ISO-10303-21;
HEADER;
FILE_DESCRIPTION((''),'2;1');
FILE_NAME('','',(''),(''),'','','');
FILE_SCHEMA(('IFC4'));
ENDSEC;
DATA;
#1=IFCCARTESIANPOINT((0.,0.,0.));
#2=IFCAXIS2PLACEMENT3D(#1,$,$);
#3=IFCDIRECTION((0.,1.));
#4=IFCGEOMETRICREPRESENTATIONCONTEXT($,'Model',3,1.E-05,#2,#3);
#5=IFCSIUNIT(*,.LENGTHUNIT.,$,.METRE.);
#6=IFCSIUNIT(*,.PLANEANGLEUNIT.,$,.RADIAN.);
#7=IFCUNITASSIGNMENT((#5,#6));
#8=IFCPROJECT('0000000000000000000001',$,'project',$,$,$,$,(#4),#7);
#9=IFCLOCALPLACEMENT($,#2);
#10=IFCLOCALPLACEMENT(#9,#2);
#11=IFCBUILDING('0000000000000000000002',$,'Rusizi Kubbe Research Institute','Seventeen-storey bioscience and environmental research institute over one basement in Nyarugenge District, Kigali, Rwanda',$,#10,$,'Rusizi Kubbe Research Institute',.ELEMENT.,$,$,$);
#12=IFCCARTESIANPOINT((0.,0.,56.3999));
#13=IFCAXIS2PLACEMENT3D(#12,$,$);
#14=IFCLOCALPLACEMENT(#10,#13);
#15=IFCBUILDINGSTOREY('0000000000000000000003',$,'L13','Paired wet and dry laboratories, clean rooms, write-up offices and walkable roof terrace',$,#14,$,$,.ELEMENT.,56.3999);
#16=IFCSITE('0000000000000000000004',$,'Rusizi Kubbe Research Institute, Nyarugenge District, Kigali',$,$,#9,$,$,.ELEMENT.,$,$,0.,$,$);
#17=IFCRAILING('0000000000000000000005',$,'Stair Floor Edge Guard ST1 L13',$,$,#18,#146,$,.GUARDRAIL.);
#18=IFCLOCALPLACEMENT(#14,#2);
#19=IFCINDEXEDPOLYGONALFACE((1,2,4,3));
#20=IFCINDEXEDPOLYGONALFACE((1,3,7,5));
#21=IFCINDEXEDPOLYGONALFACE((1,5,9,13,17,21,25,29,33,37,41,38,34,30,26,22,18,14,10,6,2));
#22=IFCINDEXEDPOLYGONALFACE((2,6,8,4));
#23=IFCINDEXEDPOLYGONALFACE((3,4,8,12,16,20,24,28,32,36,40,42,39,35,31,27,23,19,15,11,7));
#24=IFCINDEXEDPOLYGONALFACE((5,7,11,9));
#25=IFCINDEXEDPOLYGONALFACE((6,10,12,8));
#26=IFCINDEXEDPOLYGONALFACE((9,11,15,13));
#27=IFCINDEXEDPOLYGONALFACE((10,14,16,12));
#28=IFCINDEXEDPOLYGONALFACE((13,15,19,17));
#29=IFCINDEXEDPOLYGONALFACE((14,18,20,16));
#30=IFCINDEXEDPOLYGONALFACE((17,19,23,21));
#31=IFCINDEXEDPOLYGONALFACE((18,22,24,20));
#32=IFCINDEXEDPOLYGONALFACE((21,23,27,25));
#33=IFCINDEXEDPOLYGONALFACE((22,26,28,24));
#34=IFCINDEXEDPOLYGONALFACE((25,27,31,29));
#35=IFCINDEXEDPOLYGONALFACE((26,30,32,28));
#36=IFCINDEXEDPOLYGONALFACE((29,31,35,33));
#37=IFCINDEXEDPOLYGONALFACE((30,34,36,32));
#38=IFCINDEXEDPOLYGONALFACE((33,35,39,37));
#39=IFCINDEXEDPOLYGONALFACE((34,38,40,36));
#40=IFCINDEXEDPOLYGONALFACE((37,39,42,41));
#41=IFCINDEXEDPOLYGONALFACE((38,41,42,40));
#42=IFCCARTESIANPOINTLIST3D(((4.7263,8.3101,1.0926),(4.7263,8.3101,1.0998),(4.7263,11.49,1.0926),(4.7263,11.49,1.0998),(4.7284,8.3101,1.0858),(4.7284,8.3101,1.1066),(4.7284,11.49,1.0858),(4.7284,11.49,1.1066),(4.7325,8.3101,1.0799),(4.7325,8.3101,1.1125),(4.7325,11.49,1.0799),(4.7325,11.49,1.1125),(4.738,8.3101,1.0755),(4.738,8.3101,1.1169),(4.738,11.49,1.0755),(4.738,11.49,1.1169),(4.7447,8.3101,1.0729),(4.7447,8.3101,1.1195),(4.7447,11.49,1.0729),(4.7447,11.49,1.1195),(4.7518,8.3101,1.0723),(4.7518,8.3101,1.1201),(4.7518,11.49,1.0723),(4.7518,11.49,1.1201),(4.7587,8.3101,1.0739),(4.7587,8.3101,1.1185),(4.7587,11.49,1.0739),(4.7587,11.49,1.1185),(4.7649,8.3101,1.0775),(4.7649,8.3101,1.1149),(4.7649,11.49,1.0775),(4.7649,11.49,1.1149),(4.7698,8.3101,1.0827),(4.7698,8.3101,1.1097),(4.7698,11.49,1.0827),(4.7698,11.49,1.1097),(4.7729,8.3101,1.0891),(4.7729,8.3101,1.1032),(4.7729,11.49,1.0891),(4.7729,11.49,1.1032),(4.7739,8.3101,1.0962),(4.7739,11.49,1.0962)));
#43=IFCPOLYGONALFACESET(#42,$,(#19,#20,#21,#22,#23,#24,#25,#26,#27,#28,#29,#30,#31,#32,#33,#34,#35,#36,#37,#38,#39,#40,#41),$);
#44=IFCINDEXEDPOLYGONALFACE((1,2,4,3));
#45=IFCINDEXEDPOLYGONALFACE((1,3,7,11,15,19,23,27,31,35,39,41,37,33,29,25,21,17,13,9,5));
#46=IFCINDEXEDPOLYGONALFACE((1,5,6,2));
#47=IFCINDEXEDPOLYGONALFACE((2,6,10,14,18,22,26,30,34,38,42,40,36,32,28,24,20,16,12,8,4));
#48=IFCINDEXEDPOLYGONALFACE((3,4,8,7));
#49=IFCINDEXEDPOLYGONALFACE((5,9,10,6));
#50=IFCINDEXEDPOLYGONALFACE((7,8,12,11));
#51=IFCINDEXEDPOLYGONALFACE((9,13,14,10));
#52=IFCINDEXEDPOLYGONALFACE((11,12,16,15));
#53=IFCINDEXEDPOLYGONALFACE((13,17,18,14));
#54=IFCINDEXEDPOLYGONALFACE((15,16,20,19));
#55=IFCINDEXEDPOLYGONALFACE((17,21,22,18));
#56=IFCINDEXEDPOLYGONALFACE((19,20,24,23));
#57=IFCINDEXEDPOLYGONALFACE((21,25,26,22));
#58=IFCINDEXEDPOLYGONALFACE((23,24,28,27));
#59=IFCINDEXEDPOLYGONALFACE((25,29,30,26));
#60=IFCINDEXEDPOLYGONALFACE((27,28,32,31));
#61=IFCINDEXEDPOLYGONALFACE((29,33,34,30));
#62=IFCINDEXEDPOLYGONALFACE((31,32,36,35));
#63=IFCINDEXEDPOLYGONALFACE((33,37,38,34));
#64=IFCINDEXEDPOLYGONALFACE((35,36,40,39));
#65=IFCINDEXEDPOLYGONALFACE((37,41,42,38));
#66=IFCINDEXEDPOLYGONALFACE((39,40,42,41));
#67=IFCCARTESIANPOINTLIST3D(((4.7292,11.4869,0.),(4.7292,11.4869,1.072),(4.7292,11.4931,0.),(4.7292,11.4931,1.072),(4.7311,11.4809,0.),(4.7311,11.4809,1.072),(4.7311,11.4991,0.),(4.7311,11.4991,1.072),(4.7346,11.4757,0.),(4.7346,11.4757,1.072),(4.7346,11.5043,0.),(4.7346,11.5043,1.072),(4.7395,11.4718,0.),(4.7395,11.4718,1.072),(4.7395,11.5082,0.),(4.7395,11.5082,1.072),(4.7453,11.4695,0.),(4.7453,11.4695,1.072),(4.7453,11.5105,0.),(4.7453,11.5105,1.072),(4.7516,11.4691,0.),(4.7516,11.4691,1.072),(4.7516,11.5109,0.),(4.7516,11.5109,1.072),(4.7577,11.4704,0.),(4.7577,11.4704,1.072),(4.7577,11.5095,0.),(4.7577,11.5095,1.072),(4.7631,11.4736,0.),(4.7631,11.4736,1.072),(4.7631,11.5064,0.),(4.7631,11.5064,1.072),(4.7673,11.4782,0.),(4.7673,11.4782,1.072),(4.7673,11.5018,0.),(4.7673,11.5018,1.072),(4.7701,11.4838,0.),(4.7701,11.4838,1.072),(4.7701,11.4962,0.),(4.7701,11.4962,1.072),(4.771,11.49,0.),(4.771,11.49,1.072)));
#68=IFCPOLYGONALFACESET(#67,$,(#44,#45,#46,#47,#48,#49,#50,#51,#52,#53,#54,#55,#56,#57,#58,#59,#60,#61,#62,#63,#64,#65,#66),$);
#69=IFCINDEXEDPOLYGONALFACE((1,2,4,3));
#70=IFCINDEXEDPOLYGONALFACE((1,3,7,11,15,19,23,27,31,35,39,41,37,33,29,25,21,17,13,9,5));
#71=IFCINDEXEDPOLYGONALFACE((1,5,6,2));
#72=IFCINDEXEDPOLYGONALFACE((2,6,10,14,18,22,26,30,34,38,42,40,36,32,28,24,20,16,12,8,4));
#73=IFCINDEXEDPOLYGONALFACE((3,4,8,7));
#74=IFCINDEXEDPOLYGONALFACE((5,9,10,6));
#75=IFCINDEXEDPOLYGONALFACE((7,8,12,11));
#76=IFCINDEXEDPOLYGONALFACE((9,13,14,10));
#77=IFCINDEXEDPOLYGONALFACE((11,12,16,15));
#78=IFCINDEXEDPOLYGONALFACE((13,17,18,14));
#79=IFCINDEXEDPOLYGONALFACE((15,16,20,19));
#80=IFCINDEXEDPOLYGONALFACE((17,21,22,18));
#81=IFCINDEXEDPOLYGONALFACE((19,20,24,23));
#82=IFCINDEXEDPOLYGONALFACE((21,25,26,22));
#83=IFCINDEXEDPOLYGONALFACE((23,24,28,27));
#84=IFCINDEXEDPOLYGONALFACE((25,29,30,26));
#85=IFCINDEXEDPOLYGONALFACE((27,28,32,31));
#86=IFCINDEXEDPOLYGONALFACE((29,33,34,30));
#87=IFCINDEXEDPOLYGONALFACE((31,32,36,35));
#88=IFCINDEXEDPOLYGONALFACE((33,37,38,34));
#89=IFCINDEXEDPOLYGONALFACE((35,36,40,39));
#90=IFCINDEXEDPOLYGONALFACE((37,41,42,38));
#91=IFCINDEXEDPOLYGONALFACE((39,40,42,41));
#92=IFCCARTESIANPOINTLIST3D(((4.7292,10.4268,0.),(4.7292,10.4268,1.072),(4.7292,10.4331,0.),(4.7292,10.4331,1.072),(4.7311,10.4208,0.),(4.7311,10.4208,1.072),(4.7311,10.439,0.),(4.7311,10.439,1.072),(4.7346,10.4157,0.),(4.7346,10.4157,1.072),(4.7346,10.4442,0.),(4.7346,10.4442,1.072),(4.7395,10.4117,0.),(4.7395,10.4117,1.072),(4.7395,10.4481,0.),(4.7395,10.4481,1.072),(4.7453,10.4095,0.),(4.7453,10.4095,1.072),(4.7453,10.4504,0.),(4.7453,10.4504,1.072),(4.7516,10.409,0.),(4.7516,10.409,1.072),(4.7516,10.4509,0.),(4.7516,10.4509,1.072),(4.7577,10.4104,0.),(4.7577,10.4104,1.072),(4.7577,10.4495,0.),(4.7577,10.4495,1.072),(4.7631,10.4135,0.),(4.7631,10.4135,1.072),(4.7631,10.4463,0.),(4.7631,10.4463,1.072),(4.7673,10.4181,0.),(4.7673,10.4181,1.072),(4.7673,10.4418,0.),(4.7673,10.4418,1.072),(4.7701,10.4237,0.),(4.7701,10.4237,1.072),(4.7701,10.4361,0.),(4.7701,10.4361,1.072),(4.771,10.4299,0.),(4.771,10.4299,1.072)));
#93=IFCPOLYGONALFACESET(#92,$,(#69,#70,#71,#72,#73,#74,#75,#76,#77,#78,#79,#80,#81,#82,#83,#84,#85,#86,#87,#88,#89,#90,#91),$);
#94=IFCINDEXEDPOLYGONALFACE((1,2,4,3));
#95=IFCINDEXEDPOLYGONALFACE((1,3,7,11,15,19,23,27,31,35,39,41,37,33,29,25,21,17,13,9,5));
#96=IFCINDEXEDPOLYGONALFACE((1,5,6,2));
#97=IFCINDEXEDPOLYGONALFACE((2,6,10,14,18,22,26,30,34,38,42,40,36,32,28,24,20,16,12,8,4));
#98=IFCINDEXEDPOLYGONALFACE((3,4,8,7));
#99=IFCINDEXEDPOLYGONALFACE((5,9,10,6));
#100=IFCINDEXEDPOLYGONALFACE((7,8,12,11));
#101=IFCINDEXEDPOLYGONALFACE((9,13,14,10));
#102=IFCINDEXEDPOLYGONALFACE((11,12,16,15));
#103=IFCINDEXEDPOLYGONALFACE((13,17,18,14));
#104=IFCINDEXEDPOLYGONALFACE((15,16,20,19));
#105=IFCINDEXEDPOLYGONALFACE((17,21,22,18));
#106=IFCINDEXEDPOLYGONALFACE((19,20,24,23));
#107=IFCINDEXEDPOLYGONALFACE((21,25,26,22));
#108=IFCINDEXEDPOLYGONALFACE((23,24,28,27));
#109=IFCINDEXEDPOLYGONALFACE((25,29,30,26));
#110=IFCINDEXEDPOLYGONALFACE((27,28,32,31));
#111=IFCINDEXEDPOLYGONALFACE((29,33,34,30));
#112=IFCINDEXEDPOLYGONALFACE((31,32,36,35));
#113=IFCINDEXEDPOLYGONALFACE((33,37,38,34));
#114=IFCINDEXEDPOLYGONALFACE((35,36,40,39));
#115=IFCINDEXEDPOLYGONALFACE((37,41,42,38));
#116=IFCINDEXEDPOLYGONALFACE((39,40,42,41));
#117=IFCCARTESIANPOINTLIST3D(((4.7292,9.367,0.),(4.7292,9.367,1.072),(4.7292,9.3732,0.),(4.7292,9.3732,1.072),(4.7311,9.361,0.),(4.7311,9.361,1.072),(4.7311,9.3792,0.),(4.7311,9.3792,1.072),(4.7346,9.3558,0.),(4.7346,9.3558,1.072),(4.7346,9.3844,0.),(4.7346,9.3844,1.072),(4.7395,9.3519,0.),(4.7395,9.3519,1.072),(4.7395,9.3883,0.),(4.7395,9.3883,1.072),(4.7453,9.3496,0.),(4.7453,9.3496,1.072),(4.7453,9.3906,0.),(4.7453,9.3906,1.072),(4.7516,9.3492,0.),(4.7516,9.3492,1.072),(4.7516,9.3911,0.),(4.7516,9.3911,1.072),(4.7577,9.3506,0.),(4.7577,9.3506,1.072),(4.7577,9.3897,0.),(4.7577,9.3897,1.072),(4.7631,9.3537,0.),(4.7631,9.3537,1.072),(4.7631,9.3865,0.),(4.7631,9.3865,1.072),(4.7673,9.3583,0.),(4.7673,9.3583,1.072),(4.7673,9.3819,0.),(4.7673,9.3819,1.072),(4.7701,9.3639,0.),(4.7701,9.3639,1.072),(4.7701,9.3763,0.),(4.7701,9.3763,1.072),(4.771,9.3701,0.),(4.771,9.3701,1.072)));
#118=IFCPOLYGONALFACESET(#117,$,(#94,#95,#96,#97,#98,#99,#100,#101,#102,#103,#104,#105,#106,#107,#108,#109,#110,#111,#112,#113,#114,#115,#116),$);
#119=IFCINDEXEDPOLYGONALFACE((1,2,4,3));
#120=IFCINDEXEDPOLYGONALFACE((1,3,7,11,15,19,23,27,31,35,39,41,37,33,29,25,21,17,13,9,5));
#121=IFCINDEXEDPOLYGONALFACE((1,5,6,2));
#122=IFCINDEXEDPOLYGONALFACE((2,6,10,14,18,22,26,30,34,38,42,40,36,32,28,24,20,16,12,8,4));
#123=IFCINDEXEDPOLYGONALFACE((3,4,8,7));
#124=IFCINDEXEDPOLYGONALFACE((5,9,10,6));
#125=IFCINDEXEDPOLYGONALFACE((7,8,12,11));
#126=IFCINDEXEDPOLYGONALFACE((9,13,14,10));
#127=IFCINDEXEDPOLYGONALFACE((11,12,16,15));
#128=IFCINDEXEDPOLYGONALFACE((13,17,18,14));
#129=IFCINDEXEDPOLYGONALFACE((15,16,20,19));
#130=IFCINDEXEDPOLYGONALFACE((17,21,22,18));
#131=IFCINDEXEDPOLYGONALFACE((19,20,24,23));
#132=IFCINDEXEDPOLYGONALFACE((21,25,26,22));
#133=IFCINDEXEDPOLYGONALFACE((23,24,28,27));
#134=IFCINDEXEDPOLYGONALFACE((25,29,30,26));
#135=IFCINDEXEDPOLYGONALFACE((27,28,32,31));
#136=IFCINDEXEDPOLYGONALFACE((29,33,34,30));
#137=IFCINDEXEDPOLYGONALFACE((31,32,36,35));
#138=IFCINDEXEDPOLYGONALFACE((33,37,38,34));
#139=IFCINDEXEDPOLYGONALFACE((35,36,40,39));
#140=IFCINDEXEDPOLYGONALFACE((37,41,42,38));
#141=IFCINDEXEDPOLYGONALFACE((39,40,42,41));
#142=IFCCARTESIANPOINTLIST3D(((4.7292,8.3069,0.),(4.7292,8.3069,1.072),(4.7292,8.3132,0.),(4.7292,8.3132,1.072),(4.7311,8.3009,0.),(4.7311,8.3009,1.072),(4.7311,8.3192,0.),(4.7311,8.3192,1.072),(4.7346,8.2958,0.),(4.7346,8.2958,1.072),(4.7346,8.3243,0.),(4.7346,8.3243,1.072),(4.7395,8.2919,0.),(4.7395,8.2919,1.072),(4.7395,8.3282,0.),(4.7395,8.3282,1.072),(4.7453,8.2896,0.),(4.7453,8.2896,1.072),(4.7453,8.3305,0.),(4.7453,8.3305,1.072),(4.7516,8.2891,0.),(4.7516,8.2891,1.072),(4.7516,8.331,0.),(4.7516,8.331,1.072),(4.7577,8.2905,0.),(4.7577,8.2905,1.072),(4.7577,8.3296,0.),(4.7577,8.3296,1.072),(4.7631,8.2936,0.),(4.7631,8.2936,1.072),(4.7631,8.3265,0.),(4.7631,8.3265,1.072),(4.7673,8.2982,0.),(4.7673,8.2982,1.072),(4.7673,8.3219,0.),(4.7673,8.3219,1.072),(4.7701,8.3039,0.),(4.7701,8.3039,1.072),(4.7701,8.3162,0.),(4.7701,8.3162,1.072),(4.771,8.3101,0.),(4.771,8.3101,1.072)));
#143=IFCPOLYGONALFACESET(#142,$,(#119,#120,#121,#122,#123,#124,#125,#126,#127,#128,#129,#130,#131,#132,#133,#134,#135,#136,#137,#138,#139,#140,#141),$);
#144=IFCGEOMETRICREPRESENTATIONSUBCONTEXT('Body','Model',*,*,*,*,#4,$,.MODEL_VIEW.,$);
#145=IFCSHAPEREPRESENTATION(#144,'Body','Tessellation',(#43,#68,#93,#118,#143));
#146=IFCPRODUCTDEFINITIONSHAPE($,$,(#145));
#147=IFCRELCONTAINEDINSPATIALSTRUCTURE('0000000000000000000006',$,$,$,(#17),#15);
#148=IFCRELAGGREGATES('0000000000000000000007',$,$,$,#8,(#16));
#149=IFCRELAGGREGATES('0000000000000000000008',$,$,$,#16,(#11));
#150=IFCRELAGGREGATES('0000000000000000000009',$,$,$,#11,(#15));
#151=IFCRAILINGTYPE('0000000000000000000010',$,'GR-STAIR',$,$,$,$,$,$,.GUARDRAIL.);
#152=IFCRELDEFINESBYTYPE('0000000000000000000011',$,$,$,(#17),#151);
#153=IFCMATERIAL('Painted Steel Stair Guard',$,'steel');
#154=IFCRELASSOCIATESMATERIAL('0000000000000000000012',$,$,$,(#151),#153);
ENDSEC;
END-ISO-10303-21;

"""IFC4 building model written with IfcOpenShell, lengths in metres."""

from ifc_helpers import new_model, si_unit, direction, frame, origin, origin_2d, place, context, subcontext, project, spatial, circle, extrude, material, type_object, element, save


model = new_model("IFC4")

# Units and contexts
model_context = context("Model", 3, precision=1e-05, world=origin(), true_north=direction((0.0, 1.0)))
body_context = subcontext(model_context, "Body", "Model", "MODEL_VIEW")
ifc_project = project(units=[si_unit("LENGTHUNIT", "METRE"), si_unit("PLANEANGLEUNIT", "RADIAN")], contexts=[model_context])

# Site, building, storey
site_placement = place(None, origin())
site = spatial("IfcSite", under=ifc_project, at=site_placement, Name="Rusizi Kubbe Research Institute, Nyarugenge District, Kigali", CompositionType="ELEMENT", RefElevation=0.0)
building_placement = place(site_placement, origin())
building = spatial("IfcBuilding", under=site, at=building_placement, Name="Rusizi Kubbe Research Institute", Description="Seventeen-storey bioscience and environmental research institute over one basement in Nyarugenge District, Kigali, Rwanda", LongName="Rusizi Kubbe Research Institute", CompositionType="ELEMENT")
storey_placement = place(building_placement, frame((0.0, 0.0, 56.3999)))
storey = spatial("IfcBuildingStorey", under=building, at=storey_placement, Name="L13", Description="Paired wet and dry laboratories, clean rooms, write-up offices and walkable roof terrace", CompositionType="ELEMENT", Elevation=56.3999)

# Railing
ifc_material_1 = material(Name="Painted Steel Stair Guard", Category="steel")
railing_type_1 = type_object("IfcRailingType", Name="GR-STAIR", PredefinedType="GUARDRAIL", material=ifc_material_1)
railing_1_placement = place(storey_placement, frame((4.75, 11.49, 0.0)))
element("IfcRailing", 1, at=railing_1_placement, inside=storey, type_object=railing_type_1, Name="Stair Floor Edge Guard ST1 L13", PredefinedType="GUARDRAIL", context=body_context, shape_type="SweptSolid", body=[
    extrude(circle(Radius=0.0239, at=origin_2d()), frame((0.0, 0.0, 1.0962), z_axis=(0.0, -1.0, 0.0), x_axis=(1.0, 0.0, 0.0)), (0.0, 0.0, 1.0), 3.1799),
    extrude(circle(Radius=0.021, at=origin_2d()), origin(), (0.0, 0.0, 1.0), 1.072),
    extrude(circle(Radius=0.021, at=origin_2d()), frame((0.0, -1.0601, 0.0)), (0.0, 0.0, 1.0), 1.072),
    extrude(circle(Radius=0.021, at=origin_2d()), frame((0.0, -2.1199, 0.0)), (0.0, 0.0, 1.0), 1.072),
    extrude(circle(Radius=0.021, at=origin_2d()), frame((0.0, -3.1799, 0.0)), (0.0, 0.0, 1.0), 1.072),
])

save(model, "model.ifc")
